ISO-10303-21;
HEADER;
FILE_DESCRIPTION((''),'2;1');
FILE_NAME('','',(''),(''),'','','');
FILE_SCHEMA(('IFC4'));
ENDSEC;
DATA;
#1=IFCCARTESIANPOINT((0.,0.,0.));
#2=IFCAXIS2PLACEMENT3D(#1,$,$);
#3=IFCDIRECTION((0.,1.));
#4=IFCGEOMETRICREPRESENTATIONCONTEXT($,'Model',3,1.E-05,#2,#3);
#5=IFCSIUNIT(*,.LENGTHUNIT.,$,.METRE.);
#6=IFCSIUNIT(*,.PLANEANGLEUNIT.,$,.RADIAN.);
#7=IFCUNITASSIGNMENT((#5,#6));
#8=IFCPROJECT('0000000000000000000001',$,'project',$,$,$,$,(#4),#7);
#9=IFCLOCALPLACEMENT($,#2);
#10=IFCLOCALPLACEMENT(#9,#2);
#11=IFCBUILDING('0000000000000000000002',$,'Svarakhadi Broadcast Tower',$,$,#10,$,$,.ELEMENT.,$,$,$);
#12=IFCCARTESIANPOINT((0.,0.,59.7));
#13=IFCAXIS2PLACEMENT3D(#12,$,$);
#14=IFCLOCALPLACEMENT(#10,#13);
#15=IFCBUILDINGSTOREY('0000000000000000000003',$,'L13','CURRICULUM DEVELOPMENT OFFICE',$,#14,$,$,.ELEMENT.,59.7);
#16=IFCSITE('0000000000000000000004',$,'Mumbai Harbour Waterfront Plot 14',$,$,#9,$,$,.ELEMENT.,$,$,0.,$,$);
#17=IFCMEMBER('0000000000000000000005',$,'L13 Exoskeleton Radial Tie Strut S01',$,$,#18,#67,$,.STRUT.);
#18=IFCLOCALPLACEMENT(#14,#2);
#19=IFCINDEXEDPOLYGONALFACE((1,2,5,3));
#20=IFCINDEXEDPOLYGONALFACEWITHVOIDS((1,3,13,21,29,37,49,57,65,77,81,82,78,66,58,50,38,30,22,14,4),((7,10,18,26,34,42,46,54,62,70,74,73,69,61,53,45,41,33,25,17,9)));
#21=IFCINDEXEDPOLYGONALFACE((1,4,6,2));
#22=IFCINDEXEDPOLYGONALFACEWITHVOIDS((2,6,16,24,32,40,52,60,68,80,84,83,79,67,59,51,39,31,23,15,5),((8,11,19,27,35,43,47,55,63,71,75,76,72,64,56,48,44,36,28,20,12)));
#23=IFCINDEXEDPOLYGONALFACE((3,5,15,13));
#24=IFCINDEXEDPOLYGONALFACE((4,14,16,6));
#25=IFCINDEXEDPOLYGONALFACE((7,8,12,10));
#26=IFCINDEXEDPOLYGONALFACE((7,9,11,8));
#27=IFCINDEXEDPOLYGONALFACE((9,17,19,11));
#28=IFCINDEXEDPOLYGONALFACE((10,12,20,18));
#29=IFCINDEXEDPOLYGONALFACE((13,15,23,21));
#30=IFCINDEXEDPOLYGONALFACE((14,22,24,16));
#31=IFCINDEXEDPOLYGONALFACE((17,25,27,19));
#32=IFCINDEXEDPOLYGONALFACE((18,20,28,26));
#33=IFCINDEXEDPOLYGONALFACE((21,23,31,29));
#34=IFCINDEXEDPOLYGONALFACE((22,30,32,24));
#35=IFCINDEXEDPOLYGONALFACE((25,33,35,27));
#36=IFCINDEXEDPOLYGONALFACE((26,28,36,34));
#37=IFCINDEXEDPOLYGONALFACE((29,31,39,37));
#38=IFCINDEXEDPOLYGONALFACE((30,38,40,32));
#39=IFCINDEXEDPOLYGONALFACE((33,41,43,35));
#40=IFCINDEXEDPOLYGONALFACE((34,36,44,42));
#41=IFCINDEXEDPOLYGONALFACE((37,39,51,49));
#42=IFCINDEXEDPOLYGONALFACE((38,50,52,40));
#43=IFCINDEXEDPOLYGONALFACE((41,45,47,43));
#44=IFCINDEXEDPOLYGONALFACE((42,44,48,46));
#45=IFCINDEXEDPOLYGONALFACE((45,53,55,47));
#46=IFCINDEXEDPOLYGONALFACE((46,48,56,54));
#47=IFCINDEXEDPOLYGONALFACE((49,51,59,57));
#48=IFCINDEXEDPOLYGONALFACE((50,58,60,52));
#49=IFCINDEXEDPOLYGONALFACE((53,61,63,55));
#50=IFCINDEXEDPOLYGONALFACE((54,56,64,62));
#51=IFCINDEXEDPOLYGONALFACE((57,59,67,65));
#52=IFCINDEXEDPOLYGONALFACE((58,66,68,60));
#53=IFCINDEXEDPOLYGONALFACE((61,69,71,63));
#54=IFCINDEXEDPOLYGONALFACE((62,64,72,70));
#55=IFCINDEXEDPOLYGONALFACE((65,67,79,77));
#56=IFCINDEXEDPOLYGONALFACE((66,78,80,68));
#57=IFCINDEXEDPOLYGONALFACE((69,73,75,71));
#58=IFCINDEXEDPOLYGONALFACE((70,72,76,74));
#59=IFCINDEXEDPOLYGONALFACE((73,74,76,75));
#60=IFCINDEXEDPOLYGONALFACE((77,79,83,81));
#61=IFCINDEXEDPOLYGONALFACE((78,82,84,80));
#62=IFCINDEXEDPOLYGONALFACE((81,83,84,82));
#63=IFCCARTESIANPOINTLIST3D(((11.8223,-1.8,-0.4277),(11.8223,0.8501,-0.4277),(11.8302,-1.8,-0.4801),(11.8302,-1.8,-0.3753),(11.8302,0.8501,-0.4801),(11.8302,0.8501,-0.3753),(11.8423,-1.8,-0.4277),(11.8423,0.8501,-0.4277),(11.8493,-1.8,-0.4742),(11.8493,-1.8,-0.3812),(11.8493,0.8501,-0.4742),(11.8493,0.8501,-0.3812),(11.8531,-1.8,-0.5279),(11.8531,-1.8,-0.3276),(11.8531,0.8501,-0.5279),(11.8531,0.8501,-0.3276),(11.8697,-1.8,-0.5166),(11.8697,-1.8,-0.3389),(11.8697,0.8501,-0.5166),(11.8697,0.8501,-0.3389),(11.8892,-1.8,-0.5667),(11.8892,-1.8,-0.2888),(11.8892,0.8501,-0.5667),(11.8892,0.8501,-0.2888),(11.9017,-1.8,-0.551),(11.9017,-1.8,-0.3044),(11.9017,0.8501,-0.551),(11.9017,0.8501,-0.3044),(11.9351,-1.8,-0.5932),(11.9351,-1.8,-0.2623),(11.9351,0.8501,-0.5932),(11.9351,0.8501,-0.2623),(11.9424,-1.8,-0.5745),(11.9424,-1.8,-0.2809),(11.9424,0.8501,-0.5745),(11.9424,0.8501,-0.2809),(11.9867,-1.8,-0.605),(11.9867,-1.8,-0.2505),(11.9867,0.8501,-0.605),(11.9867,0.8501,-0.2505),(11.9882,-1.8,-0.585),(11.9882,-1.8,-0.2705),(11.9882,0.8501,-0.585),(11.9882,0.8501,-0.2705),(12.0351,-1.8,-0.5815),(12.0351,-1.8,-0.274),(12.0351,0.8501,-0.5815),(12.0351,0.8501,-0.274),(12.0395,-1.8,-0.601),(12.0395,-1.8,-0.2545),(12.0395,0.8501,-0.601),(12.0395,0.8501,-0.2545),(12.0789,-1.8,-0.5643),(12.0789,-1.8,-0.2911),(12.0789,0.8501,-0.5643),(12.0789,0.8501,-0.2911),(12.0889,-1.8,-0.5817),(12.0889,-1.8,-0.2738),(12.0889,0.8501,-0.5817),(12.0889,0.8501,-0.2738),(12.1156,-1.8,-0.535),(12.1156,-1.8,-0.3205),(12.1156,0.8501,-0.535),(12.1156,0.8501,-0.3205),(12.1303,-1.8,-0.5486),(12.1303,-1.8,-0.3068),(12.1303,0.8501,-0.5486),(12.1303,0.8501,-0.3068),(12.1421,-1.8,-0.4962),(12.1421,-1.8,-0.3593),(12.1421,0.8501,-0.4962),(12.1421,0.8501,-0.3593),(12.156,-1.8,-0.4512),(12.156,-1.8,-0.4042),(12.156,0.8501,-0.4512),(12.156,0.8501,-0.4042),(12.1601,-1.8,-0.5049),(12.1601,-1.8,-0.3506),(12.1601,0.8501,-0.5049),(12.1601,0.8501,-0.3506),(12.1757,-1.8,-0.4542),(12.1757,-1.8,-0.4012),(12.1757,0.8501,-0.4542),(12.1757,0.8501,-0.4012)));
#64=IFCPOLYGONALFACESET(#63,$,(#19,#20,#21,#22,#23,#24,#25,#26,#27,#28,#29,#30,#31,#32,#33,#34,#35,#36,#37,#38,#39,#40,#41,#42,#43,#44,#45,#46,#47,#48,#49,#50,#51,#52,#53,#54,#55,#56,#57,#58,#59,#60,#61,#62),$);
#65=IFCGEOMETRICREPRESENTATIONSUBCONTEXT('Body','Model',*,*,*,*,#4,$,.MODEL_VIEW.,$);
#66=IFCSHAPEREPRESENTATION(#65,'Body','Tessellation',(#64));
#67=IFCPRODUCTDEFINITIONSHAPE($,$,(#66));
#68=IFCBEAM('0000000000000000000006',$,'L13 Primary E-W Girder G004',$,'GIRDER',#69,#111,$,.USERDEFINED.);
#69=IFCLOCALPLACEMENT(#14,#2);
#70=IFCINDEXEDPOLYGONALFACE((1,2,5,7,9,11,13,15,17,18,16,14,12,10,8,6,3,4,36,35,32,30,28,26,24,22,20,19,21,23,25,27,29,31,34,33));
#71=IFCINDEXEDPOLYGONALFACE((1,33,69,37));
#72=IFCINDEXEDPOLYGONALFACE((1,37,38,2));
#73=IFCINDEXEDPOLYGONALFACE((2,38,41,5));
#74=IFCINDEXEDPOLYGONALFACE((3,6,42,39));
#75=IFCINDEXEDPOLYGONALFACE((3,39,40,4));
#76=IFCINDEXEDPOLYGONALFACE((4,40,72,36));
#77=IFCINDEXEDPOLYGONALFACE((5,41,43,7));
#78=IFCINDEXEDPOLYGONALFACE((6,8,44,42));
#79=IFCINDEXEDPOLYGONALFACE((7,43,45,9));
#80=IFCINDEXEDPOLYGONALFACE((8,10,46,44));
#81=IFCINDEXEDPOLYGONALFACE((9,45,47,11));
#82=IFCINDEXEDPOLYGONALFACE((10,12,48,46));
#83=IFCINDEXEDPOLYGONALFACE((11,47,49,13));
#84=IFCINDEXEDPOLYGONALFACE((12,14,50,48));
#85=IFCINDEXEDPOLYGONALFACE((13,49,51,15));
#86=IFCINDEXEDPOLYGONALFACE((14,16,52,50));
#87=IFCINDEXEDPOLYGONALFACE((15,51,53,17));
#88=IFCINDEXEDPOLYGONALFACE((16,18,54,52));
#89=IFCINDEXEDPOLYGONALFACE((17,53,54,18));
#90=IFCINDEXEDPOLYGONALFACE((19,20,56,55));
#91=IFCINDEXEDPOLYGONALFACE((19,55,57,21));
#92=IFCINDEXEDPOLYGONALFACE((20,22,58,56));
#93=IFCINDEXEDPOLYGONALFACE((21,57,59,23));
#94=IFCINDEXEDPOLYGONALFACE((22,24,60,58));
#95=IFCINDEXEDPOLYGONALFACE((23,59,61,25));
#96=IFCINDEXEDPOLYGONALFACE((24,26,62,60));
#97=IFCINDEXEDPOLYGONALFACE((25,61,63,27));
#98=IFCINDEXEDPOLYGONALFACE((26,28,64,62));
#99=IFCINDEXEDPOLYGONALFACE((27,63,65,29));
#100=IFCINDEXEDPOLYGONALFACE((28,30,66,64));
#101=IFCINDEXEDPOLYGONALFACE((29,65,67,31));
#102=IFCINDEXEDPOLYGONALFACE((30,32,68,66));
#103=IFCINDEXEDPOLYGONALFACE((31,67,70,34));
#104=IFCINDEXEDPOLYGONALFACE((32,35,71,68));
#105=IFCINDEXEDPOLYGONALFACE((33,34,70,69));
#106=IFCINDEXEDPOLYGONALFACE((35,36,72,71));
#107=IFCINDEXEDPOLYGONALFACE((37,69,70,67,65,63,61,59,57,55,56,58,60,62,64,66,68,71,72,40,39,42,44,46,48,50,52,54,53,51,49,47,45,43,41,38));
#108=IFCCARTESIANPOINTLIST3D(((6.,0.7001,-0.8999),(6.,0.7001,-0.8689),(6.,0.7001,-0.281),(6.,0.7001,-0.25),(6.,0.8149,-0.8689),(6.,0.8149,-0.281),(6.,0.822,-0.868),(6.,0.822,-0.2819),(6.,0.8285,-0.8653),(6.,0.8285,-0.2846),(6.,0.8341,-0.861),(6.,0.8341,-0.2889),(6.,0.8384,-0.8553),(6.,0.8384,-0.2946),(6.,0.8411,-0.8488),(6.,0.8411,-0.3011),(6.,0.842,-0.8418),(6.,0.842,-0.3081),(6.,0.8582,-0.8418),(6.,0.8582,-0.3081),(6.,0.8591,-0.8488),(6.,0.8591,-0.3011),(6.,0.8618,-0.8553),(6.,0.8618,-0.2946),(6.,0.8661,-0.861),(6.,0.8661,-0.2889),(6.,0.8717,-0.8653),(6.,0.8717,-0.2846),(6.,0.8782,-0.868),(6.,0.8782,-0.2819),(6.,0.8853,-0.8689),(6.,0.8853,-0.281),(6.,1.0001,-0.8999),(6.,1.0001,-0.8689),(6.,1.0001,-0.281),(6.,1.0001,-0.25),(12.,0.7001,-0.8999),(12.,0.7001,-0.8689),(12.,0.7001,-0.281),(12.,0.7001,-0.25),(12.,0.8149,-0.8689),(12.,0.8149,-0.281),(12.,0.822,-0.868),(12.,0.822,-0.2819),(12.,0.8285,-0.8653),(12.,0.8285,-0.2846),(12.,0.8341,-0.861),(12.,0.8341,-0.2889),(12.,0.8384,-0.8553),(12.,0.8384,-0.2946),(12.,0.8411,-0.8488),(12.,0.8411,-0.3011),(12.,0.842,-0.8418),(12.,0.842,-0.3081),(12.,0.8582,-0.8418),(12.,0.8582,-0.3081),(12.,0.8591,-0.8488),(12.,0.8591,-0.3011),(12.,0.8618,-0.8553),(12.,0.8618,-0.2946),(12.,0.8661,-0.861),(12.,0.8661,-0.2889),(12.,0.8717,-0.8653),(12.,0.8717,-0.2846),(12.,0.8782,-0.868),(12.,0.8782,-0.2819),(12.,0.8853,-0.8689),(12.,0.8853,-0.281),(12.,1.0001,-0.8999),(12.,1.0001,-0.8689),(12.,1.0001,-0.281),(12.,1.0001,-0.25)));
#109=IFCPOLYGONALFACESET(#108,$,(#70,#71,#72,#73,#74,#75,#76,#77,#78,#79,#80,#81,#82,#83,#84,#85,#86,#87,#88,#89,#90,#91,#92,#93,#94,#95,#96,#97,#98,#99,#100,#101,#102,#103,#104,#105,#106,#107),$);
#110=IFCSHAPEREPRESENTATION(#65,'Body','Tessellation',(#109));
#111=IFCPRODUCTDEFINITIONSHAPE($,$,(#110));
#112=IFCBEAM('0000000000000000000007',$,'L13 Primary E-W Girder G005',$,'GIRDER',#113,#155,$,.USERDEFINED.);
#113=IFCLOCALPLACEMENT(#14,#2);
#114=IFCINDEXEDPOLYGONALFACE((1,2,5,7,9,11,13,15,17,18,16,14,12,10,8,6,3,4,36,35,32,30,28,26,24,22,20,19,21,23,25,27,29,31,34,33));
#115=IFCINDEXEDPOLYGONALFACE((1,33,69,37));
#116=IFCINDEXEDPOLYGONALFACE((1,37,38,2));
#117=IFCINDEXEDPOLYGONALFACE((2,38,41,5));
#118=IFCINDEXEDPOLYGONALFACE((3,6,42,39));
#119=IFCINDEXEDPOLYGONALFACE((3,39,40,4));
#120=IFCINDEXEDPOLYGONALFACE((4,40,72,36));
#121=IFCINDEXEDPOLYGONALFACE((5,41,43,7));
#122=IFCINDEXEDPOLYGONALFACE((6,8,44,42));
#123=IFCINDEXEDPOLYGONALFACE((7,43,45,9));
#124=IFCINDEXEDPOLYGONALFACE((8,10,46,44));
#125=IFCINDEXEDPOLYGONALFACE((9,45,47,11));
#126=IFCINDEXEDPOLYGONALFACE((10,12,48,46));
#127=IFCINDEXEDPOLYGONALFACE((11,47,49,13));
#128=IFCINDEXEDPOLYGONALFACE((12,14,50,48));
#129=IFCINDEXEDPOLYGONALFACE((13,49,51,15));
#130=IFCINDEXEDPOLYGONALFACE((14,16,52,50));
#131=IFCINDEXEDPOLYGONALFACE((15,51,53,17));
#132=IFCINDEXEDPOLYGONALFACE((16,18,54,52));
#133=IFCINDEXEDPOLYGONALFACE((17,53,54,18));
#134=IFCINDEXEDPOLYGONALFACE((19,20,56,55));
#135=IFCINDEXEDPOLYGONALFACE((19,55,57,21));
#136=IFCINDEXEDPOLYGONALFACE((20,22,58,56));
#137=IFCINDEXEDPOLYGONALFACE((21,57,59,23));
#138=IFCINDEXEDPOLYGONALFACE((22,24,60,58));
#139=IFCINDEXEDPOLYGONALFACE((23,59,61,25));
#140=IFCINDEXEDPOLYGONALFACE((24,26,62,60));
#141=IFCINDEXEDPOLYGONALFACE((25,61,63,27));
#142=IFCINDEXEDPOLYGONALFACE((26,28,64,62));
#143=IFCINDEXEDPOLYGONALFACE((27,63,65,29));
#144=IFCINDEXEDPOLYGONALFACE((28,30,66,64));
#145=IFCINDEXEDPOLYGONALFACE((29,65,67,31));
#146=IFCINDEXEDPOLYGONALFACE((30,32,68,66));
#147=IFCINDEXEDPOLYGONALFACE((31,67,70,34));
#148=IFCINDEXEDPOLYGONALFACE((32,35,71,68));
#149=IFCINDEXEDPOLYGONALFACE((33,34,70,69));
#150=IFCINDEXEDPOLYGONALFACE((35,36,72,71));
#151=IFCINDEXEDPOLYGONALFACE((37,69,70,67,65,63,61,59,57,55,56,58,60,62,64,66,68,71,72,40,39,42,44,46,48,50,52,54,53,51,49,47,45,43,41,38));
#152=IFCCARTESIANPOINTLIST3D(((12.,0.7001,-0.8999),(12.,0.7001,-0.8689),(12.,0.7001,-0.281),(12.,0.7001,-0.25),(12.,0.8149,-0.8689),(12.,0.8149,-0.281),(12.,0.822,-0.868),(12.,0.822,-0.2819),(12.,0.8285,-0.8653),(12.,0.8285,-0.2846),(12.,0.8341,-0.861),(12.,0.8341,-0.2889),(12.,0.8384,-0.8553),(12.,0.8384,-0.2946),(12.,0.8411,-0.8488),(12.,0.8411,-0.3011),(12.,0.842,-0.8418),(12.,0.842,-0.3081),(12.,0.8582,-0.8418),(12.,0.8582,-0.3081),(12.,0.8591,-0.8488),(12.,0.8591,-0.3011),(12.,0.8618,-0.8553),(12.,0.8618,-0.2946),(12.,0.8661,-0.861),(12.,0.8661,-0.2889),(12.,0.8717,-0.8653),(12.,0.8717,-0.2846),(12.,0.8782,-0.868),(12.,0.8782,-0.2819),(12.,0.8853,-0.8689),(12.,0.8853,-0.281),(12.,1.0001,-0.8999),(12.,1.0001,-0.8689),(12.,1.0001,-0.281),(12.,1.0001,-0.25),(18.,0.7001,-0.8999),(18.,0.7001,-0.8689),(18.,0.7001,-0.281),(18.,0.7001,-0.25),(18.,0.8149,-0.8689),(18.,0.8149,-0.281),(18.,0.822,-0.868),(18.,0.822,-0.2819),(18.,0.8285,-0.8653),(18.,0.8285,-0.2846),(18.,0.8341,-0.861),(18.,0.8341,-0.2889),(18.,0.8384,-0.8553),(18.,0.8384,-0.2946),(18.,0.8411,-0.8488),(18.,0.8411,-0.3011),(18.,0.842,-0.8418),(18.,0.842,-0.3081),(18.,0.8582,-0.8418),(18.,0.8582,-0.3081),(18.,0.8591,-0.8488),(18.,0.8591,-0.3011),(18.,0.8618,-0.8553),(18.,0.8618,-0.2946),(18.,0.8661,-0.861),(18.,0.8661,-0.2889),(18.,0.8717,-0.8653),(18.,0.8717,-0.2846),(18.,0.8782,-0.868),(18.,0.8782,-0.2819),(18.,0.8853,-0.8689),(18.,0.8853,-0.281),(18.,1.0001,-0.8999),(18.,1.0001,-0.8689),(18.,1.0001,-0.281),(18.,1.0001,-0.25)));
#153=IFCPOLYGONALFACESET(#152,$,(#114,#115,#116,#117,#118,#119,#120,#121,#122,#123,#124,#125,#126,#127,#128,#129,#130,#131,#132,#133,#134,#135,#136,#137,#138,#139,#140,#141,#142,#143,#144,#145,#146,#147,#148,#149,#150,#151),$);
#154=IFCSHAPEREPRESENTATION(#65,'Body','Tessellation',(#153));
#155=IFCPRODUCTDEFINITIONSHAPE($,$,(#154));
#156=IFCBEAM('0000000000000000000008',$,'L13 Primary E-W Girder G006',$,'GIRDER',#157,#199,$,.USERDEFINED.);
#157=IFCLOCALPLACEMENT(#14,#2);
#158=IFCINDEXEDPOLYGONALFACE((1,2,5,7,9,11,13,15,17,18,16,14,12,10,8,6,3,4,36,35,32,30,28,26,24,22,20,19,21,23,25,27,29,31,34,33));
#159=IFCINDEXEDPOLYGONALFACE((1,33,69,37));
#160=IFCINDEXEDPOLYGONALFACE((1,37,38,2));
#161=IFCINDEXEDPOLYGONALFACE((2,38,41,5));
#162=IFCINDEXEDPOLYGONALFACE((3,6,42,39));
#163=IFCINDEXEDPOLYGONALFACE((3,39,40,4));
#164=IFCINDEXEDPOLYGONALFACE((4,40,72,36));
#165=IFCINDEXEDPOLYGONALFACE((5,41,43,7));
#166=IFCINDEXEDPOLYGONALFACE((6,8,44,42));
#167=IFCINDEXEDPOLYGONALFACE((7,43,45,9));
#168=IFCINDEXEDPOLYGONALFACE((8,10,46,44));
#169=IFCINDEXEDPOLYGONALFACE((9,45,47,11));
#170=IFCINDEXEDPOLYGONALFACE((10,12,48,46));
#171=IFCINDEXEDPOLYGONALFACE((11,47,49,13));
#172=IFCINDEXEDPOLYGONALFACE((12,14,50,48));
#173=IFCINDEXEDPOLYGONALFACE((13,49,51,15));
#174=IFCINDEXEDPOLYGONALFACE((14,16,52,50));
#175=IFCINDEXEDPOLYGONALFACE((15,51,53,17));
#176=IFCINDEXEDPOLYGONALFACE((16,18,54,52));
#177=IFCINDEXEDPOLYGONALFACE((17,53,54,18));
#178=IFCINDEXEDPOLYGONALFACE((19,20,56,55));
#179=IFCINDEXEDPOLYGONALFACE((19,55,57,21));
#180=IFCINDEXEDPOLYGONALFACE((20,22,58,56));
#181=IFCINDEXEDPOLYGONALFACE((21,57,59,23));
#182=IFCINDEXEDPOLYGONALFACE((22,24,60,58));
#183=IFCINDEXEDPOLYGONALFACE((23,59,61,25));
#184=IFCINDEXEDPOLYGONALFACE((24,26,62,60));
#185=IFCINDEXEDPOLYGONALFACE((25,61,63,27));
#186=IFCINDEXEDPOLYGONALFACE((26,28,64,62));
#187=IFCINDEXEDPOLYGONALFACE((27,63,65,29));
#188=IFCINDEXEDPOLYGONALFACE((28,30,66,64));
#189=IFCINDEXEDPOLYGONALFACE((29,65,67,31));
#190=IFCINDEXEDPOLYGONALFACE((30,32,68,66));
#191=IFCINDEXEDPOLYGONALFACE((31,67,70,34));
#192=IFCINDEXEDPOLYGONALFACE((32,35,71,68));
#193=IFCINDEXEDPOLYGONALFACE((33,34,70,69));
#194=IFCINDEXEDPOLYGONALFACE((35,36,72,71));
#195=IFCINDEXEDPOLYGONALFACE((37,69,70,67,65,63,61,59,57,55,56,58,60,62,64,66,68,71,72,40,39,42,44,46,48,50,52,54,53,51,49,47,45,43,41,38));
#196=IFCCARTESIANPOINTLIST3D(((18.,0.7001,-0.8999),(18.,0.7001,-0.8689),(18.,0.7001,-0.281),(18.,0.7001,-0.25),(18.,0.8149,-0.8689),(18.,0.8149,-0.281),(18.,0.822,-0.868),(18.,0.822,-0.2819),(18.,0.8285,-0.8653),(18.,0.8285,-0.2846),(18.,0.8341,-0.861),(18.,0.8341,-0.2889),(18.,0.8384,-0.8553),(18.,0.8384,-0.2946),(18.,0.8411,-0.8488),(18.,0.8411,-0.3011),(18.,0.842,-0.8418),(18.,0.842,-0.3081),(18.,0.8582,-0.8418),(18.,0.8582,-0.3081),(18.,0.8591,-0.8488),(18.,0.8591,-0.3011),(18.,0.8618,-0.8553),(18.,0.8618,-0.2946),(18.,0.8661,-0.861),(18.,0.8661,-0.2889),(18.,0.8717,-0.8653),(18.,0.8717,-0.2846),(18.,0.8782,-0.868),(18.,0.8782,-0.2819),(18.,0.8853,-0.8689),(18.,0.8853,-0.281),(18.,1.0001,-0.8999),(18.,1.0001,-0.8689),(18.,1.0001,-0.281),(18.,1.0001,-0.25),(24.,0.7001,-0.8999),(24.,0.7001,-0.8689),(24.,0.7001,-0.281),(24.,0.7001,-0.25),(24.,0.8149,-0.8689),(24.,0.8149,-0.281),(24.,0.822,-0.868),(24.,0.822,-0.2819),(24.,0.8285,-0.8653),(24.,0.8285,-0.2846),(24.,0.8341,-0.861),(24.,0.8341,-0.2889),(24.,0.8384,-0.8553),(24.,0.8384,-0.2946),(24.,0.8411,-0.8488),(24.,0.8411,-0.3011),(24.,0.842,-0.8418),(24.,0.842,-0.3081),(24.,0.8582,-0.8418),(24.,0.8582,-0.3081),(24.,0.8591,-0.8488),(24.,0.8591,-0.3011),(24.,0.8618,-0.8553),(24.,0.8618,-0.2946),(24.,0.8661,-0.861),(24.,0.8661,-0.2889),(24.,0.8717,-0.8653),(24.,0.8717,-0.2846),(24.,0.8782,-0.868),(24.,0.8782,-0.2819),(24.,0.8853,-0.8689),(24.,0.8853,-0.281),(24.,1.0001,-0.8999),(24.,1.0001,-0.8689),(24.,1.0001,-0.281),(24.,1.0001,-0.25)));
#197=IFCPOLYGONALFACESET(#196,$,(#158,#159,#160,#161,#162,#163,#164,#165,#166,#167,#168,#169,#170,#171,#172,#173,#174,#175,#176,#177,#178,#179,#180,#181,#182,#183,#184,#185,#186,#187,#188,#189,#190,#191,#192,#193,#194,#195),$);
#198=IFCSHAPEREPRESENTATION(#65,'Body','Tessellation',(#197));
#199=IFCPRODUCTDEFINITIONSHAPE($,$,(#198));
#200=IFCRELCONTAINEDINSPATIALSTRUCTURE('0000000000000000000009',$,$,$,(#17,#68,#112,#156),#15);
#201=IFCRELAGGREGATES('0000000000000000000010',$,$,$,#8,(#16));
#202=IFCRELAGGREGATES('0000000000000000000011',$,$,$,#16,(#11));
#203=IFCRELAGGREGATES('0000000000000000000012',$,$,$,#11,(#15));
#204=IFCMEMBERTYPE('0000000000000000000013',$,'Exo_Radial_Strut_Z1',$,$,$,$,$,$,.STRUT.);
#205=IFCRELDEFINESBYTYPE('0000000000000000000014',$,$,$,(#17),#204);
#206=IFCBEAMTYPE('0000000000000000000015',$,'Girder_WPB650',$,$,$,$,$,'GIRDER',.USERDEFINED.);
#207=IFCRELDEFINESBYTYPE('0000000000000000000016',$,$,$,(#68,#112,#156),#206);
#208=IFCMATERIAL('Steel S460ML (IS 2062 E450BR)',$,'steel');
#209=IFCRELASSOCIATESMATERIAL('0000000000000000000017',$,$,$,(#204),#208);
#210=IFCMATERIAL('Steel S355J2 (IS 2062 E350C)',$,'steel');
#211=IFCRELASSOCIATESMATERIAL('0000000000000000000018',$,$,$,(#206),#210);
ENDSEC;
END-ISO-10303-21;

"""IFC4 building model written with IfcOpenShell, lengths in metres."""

from ifc_helpers import new_model, si_unit, direction, frame, origin, origin_2d, place, context, subcontext, project, spatial, hollow_circle, i_section, extrude, material, material_profile, profile_set, type_object, element, save


model = new_model("IFC4")

# Units and contexts
model_context = context("Model", 3, precision=1e-05, world=origin(), true_north=direction((0.0, 1.0)))
body_context = subcontext(model_context, "Body", "Model", "MODEL_VIEW")
ifc_project = project(units=[si_unit("LENGTHUNIT", "METRE"), si_unit("PLANEANGLEUNIT", "RADIAN")], contexts=[model_context])

# Site, building, storey
site_placement = place(None, origin())
site = spatial("IfcSite", under=ifc_project, at=site_placement, Name="Mumbai Harbour Waterfront Plot 14", CompositionType="ELEMENT", RefElevation=0.0)
building_placement = place(site_placement, origin())
building = spatial("IfcBuilding", under=site, at=building_placement, Name="Svarakhadi Broadcast Tower", CompositionType="ELEMENT")
storey_placement = place(building_placement, frame((0.0, 0.0, 59.7)))
storey = spatial("IfcBuildingStorey", under=building, at=storey_placement, Name="L13", Description="CURRICULUM DEVELOPMENT OFFICE", CompositionType="ELEMENT", Elevation=59.7)

# Shared definitions
ifc_material_1 = material(Name="Steel S460ML (IS 2062 E450BR)", Category="steel")

# Shared definitions
ifc_material_2 = material(Name="Steel S355J2 (IS 2062 E350C)", Category="steel")

# Member
ifc_material_profile_1 = material_profile(ifc_material_1, hollow_circle(Radius=0.1777, WallThickness=0.02, at=origin_2d()), Name="CHS 355.6x20")
ifc_profile_set_1 = profile_set([ifc_material_profile_1], Name="Steel S460ML (IS 2062 E450BR)")
member_type_1 = type_object("IfcMemberType", Name="Exo_Radial_Strut_Z1", PredefinedType="STRUT", material=ifc_profile_set_1)
member_1_placement = place(storey_placement, frame((12.0, -1.8, -0.4277), z_axis=(0.0, 1.0, 0.0), x_axis=(-1.0, 0.0, 0.0)))
element("IfcMember", 1, at=member_1_placement, inside=storey, type_object=member_type_1, Name="L13 Exoskeleton Radial Tie Strut S01", PredefinedType="STRUT", context=body_context, shape_type="SweptSolid", body=[
    extrude(hollow_circle(Radius=0.1777, WallThickness=0.02, at=origin_2d()), origin(), (0.0, 0.0, 1.0), 2.6501),
])

# Beams
ifc_material_profile_2 = material_profile(ifc_material_2, i_section(OverallWidth=0.3, OverallDepth=0.6499, WebThickness=0.0161, FlangeThickness=0.031, FilletRadius=0.0271, at=origin_2d()), Name="WPB 650x300x225")
ifc_profile_set_2 = profile_set([ifc_material_profile_2], Name="Steel S355J2 (IS 2062 E350C)")
beam_type_1 = type_object("IfcBeamType", Name="Girder_WPB650", ElementType="GIRDER", PredefinedType="USERDEFINED", material=ifc_profile_set_2)
for number, where, z_axis, x_axis, name in (
    (2, (6.0, 0.8501, -0.575), (1.0, 0.0, 0.0), (0.0, 1.0, 0.0), "L13 Primary E-W Girder G004"),
    (3, (12.0, 0.8501, -0.575), (1.0, 0.0, 0.0), (0.0, 1.0, 0.0), "L13 Primary E-W Girder G005"),
    (4, (18.0, 0.8501, -0.575), (1.0, 0.0, 0.0), (0.0, 1.0, 0.0), "L13 Primary E-W Girder G006"),
):
    element("IfcBeam", number, at=place(storey_placement, frame(where, z_axis=z_axis, x_axis=x_axis)), inside=storey, type_object=beam_type_1, Name=name, ObjectType="GIRDER", PredefinedType="USERDEFINED", context=body_context, shape_type="SweptSolid", body=[
        extrude(i_section(OverallWidth=0.3, OverallDepth=0.6499, WebThickness=0.0161, FlangeThickness=0.031, FilletRadius=0.0271, at=origin_2d()), origin(), (0.0, 0.0, 1.0), 6.0),
    ])

save(model, "model.ifc")
